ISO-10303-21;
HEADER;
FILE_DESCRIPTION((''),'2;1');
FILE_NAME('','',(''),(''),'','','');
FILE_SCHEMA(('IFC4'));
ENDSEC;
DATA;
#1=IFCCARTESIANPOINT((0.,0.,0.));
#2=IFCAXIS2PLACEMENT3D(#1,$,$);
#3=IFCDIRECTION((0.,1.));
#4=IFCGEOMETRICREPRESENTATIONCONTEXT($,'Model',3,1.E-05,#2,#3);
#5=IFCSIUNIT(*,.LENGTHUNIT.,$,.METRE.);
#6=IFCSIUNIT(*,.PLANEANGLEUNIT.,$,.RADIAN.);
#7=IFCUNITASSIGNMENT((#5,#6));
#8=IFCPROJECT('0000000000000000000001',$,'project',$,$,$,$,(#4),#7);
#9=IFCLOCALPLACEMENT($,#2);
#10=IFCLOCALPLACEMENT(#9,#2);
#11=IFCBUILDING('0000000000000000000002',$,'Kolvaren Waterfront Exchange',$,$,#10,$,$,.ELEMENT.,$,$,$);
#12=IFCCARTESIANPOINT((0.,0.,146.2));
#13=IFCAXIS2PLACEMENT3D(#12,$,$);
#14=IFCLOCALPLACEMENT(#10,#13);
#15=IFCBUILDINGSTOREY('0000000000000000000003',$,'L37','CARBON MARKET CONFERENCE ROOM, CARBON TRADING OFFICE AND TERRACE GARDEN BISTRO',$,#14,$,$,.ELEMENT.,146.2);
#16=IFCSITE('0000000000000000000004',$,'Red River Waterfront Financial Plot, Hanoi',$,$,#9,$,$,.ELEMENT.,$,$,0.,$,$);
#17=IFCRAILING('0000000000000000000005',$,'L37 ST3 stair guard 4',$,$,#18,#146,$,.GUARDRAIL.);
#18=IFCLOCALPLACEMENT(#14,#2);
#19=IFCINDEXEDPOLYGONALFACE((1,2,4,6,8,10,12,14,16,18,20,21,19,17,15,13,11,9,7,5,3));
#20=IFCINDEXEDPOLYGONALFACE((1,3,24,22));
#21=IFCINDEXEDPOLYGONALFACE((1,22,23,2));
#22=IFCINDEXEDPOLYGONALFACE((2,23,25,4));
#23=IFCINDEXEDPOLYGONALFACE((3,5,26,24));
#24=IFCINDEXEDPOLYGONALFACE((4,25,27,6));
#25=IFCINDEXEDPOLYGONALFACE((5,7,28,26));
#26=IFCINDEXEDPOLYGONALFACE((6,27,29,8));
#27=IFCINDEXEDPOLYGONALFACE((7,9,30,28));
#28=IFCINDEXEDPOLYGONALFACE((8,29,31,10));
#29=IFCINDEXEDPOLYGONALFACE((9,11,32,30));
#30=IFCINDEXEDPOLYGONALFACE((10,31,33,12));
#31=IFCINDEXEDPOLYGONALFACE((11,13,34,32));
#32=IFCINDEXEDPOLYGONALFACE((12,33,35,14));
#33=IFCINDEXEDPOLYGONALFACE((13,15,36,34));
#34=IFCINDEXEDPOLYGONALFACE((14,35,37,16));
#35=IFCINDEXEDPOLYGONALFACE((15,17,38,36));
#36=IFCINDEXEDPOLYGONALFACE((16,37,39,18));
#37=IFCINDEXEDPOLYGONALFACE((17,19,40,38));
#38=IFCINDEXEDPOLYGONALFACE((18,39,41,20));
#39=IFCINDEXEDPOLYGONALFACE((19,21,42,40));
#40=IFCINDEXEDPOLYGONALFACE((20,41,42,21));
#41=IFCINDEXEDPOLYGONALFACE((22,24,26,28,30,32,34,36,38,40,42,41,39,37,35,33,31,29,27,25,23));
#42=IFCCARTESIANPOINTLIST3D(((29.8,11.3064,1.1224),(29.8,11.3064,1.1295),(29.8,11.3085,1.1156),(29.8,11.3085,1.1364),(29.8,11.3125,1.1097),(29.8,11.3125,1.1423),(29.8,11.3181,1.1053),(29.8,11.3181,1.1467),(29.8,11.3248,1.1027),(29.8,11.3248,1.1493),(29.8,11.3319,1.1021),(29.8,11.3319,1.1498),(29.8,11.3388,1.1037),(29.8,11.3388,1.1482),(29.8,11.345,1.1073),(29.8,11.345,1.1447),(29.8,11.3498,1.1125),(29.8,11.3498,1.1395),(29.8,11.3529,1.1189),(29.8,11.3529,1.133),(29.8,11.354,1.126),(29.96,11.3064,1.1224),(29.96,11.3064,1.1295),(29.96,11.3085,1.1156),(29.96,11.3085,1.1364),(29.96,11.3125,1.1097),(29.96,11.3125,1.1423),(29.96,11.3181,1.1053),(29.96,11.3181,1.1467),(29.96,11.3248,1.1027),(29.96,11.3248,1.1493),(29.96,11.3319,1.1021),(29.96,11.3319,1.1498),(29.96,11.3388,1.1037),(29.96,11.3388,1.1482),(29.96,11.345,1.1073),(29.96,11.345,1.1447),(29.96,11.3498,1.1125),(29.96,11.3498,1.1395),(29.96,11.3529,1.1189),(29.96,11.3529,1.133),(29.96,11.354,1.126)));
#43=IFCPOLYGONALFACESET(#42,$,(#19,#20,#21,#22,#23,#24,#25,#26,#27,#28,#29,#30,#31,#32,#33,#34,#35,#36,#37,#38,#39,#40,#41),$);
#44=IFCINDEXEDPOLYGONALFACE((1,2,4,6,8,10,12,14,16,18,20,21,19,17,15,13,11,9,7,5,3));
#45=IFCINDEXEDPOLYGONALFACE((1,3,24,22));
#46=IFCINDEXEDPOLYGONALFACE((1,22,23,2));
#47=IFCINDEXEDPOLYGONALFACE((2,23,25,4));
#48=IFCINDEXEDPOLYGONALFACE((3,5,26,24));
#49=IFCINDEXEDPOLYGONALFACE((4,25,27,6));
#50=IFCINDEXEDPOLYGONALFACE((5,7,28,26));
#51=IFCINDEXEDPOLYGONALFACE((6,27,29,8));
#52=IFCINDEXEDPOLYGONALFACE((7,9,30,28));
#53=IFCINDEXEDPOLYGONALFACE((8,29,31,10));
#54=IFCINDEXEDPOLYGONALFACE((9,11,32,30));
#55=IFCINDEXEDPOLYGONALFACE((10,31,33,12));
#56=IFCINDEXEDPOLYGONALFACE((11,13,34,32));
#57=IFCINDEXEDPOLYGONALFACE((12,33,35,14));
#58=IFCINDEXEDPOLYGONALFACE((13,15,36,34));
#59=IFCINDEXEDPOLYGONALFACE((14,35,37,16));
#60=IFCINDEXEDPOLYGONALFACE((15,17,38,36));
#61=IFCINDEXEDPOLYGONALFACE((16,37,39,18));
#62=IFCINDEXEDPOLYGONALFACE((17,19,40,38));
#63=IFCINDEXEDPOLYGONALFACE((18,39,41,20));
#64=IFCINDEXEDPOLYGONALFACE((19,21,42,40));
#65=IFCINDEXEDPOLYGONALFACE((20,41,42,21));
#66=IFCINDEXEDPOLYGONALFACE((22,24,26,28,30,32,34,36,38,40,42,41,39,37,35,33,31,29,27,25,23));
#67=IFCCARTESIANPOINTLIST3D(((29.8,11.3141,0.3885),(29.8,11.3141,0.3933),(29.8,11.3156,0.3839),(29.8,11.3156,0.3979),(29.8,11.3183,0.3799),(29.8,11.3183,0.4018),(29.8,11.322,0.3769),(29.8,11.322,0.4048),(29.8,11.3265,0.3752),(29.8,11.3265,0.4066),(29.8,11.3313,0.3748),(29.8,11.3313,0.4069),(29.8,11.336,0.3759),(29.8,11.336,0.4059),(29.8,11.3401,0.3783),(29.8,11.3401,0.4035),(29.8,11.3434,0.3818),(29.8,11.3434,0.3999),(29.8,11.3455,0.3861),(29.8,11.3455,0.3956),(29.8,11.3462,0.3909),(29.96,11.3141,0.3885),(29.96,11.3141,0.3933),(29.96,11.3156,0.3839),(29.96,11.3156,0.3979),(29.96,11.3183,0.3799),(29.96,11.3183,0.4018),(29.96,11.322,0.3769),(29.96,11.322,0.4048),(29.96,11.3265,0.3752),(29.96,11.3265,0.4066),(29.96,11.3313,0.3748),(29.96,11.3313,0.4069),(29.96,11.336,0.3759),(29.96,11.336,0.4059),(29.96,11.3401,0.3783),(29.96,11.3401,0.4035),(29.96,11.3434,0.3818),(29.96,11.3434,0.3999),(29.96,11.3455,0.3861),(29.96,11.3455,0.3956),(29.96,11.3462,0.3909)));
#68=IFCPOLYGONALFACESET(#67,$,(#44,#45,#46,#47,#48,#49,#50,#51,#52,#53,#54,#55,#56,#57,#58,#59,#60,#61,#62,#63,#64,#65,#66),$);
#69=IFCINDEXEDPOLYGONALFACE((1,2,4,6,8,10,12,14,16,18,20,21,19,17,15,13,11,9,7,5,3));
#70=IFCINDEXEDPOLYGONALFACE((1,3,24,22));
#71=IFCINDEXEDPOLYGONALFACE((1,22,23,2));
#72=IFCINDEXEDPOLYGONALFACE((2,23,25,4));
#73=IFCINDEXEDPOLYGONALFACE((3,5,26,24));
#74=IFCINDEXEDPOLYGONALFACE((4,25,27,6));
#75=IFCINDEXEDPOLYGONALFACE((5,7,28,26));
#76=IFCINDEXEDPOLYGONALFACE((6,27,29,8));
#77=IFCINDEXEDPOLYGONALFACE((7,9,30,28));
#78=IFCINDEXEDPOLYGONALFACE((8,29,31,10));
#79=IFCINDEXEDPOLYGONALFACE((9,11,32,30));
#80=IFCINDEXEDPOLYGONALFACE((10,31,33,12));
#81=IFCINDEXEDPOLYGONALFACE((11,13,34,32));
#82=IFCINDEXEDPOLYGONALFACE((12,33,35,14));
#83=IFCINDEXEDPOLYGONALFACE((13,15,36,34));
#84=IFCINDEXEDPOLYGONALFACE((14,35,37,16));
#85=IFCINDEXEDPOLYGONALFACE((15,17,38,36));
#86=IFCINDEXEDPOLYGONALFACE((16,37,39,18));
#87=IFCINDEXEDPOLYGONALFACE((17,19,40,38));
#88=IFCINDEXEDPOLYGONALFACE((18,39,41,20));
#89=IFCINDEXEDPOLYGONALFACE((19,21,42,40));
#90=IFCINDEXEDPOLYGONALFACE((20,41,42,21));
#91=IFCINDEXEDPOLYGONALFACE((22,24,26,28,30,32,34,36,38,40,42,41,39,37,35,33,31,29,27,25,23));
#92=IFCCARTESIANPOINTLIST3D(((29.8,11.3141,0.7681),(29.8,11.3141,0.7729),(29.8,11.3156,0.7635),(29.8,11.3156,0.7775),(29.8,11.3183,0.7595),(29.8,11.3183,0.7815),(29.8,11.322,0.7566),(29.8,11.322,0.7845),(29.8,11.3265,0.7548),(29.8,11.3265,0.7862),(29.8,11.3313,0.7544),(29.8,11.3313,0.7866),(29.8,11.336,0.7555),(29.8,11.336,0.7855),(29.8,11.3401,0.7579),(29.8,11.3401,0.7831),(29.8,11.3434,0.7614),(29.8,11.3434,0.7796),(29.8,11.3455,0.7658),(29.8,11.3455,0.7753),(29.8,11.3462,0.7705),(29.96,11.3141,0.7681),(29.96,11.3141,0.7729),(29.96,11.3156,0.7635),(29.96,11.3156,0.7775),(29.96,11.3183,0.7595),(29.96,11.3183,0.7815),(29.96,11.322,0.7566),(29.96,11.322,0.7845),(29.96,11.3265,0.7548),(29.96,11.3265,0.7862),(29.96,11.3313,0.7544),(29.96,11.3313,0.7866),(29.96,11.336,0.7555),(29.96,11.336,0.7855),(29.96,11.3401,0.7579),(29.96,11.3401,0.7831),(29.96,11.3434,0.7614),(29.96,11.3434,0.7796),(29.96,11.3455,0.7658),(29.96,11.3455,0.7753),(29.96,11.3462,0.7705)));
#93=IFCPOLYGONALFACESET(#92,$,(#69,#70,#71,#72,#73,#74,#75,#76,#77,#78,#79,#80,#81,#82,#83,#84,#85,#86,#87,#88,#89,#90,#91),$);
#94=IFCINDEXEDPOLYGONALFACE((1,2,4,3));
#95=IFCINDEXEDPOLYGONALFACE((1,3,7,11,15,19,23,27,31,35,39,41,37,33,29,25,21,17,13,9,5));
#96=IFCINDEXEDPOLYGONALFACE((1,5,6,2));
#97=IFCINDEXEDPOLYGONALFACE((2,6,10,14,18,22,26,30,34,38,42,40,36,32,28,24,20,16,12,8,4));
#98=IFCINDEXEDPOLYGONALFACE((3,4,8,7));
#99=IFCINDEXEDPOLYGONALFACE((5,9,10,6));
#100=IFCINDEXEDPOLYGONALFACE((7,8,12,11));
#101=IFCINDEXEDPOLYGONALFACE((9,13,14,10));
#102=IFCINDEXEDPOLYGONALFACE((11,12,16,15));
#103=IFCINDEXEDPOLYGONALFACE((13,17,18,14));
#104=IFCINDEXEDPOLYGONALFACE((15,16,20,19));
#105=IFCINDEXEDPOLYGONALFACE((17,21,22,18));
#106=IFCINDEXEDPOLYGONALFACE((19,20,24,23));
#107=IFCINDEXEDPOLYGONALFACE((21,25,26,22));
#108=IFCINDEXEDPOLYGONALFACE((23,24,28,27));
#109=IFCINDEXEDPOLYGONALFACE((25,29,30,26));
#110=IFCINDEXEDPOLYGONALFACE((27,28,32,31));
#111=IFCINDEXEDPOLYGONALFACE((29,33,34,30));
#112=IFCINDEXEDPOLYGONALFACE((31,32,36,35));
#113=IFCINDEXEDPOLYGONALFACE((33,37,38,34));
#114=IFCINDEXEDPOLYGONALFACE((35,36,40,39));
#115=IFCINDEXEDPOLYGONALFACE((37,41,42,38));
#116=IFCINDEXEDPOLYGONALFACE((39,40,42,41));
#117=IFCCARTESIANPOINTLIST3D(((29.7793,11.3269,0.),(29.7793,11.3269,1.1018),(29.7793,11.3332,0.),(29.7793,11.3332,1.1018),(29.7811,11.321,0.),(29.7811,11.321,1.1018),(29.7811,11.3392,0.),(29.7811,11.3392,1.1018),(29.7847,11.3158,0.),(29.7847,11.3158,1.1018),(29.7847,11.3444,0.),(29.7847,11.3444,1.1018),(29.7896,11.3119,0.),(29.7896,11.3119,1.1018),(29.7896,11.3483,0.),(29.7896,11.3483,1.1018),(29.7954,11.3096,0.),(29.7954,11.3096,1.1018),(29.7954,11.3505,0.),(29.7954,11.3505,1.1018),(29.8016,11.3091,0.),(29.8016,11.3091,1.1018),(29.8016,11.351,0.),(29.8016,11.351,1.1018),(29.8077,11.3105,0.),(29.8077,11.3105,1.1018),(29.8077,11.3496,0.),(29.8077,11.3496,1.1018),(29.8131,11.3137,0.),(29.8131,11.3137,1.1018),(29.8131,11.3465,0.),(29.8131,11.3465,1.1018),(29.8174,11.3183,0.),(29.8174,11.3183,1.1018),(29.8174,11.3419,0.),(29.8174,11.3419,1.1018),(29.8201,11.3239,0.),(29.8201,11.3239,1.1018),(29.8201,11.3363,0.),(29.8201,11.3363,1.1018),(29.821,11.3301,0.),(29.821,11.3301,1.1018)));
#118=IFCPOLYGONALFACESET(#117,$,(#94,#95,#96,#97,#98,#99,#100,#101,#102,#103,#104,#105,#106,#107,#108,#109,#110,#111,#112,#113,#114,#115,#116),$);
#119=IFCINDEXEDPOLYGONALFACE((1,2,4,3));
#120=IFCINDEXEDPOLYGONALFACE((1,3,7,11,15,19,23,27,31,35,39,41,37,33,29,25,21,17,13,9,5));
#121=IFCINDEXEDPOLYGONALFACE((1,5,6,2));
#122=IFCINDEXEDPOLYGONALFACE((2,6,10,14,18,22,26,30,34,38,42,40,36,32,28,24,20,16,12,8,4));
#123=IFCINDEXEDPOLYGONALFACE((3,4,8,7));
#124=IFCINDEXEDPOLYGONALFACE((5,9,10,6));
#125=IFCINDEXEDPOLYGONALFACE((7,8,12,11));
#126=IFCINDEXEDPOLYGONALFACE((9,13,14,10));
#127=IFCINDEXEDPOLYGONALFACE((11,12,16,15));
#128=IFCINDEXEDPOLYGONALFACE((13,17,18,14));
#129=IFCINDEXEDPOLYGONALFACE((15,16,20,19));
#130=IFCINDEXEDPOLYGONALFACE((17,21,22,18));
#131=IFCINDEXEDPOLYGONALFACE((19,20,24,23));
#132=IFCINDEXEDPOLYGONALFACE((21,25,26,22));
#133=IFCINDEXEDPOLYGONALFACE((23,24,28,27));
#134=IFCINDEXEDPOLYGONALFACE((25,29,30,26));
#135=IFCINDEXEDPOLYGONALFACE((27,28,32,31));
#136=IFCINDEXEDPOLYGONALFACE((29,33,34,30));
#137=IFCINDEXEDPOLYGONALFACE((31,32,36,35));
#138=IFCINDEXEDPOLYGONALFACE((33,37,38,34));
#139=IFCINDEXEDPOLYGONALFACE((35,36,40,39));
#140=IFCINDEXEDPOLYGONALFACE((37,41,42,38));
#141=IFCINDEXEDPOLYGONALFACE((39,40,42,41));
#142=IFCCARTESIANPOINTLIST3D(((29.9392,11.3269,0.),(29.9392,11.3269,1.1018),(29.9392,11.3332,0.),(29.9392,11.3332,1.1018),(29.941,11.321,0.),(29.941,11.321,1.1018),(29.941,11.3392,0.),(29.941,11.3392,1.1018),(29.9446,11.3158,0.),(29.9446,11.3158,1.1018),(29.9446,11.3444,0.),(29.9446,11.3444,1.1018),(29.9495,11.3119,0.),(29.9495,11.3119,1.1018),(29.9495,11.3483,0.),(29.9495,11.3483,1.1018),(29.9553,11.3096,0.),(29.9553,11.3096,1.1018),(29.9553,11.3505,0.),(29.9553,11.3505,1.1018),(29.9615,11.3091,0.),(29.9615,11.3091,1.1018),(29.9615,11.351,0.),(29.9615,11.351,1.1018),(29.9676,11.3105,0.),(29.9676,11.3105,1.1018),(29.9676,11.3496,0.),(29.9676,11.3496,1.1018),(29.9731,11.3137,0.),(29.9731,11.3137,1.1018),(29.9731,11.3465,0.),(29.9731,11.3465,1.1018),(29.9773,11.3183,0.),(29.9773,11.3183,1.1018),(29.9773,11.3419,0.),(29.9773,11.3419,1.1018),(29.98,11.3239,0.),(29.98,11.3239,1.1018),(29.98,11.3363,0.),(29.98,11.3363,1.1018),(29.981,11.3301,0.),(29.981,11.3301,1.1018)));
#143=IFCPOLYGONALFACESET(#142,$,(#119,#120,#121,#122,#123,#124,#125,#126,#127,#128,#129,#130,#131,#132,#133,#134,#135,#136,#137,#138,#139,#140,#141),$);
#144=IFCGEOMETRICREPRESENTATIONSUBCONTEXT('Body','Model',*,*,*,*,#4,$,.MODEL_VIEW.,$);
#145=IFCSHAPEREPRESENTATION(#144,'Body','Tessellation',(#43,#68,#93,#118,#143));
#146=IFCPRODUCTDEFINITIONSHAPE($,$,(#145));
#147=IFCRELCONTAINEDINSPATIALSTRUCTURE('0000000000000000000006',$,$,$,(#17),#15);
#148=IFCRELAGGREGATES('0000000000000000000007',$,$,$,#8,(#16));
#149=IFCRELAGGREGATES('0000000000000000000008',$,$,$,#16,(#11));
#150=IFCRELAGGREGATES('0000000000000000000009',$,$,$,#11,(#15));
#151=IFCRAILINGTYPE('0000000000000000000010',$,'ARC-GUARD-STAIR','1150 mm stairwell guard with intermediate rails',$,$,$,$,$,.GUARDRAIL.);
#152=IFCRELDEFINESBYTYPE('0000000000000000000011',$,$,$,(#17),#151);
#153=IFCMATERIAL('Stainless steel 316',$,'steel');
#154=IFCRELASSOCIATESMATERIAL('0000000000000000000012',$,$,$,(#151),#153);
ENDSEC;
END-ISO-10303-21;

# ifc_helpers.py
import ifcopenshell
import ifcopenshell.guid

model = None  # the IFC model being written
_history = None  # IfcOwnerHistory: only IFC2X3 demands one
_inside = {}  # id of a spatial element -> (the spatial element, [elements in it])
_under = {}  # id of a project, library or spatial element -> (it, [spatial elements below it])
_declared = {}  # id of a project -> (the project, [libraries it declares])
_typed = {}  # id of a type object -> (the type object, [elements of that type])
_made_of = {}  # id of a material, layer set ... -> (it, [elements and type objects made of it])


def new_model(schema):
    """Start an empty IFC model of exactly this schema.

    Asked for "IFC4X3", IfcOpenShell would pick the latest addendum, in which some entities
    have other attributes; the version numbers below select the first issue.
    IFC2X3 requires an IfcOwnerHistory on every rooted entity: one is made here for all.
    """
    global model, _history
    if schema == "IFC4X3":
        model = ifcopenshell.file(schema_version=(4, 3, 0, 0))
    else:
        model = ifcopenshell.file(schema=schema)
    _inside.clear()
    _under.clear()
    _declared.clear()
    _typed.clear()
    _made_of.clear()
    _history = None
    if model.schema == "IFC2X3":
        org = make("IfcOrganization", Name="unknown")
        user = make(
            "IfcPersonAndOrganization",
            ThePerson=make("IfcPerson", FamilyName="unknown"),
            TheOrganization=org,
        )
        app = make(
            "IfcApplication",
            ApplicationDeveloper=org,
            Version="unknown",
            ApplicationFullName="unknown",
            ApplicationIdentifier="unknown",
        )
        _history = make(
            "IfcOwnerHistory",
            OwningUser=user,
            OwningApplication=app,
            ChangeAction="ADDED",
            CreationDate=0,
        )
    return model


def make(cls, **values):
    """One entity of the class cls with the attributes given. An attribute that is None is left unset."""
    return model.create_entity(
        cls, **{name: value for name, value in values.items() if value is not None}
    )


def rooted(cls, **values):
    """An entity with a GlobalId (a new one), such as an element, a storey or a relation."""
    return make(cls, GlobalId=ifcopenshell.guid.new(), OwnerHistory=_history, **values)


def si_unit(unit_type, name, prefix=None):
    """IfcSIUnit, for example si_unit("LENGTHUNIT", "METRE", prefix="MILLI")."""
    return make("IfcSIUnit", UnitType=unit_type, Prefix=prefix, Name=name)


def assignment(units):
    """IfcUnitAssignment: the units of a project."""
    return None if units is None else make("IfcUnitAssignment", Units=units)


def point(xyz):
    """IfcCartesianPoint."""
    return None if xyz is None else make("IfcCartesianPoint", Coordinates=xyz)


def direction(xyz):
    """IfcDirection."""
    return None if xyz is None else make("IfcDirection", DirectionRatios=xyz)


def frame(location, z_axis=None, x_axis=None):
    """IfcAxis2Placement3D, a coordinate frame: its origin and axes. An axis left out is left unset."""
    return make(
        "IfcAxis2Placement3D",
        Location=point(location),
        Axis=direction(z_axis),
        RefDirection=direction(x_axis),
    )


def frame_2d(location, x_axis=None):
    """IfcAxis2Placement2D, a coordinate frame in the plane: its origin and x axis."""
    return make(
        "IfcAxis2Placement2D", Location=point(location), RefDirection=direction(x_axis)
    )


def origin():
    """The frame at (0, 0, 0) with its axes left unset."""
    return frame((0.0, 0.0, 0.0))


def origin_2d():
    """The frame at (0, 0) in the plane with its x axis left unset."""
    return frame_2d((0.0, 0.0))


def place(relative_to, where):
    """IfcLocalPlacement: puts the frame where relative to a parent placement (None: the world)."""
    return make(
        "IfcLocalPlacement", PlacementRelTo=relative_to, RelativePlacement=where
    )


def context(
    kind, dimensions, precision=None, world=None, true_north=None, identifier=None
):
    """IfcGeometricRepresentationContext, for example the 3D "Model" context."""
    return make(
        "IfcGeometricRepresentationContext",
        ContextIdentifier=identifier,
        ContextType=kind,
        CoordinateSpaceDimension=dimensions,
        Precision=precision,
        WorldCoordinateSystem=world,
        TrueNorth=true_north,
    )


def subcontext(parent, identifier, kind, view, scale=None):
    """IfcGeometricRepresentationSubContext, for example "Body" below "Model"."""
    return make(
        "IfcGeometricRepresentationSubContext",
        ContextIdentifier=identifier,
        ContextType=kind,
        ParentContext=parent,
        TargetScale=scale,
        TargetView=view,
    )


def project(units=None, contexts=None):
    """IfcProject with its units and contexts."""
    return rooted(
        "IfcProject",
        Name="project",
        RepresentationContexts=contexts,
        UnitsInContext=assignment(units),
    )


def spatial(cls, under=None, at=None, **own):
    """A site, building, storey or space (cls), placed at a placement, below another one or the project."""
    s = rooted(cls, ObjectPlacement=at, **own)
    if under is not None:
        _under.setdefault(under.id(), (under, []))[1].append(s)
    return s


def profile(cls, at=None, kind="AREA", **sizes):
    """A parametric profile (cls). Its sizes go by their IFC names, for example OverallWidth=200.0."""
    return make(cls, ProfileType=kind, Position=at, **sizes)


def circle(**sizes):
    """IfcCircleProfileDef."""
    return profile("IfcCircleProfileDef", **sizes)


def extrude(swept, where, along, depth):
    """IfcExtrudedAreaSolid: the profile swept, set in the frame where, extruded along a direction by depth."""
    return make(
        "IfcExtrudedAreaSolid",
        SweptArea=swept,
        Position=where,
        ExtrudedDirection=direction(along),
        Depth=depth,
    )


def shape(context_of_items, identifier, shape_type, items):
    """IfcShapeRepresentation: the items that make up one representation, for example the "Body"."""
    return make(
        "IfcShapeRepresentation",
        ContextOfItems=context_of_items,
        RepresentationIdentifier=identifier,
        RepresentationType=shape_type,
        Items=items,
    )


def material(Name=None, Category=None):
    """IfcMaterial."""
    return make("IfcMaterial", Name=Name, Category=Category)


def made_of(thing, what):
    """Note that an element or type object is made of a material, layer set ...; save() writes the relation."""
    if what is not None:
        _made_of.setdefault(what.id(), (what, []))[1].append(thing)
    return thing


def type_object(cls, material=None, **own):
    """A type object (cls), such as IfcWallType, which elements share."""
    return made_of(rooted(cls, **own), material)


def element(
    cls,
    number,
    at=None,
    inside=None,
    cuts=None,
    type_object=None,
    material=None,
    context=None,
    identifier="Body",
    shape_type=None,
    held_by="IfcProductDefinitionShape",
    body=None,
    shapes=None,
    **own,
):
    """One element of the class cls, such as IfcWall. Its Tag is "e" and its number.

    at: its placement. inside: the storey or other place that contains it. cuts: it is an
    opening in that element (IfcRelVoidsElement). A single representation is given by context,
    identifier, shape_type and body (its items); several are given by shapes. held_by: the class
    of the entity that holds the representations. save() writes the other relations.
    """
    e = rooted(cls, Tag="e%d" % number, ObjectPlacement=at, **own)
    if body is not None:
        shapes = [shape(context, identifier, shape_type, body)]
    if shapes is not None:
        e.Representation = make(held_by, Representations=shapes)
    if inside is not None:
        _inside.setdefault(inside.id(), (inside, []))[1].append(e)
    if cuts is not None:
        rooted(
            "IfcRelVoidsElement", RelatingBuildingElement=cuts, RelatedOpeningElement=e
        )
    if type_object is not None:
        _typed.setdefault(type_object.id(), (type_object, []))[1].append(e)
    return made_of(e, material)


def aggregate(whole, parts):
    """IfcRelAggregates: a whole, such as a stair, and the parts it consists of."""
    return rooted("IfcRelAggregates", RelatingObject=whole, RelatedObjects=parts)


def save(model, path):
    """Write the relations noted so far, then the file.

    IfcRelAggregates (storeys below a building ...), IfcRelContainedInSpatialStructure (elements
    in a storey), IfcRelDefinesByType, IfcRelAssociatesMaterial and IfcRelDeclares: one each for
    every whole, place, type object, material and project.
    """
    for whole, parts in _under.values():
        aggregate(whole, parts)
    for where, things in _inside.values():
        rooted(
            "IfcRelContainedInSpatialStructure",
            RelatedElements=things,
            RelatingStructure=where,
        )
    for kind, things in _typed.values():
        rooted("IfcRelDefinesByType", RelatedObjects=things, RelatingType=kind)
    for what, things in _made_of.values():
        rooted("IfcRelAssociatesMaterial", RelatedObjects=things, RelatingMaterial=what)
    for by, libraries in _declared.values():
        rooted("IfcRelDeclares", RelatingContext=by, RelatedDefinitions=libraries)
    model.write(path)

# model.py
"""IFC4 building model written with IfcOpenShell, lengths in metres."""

from ifc_helpers import new_model, si_unit, direction, frame, origin, origin_2d, place, context, subcontext, project, spatial, circle, extrude, material, type_object, element, save


model = new_model("IFC4")

# Units and contexts
model_context = context("Model", 3, precision=1e-05, world=origin(), true_north=direction((0.0, 1.0)))
body_context = subcontext(model_context, "Body", "Model", "MODEL_VIEW")
ifc_project = project(units=[si_unit("LENGTHUNIT", "METRE"), si_unit("PLANEANGLEUNIT", "RADIAN")], contexts=[model_context])

# Site, building, storey
site_placement = place(None, origin())
site = spatial("IfcSite", under=ifc_project, at=site_placement, Name="Red River Waterfront Financial Plot, Hanoi", CompositionType="ELEMENT", RefElevation=0.0)
building_placement = place(site_placement, origin())
building = spatial("IfcBuilding", under=site, at=building_placement, Name="Kolvaren Waterfront Exchange", CompositionType="ELEMENT")
storey_placement = place(building_placement, frame((0.0, 0.0, 146.2)))
storey = spatial("IfcBuildingStorey", under=building, at=storey_placement, Name="L37", Description="CARBON MARKET CONFERENCE ROOM, CARBON TRADING OFFICE AND TERRACE GARDEN BISTRO", CompositionType="ELEMENT", Elevation=146.2)

# Railing
ifc_material_1 = material(Name="Stainless steel 316", Category="steel")
railing_type_1 = type_object("IfcRailingType", Name="ARC-GUARD-STAIR", Description="1150 mm stairwell guard with intermediate rails", PredefinedType="GUARDRAIL", material=ifc_material_1)
railing_1_placement = place(storey_placement, frame((29.8, 11.3301, 0.0)))
element("IfcRailing", 1, at=railing_1_placement, inside=storey, type_object=railing_type_1, Name="L37 ST3 stair guard 4", PredefinedType="GUARDRAIL", context=body_context, shape_type="SweptSolid", body=[
    extrude(circle(Radius=0.0239, at=origin_2d()), frame((0.0, 0.0, 1.126), z_axis=(1.0, 0.0, 0.0), x_axis=(0.0, 1.0, 0.0)), (0.0, 0.0, 1.0), 0.1599),
    extrude(circle(Radius=0.0161, at=origin_2d()), frame((0.0, 0.0, 0.3909), z_axis=(1.0, 0.0, 0.0), x_axis=(0.0, 1.0, 0.0)), (0.0, 0.0, 1.0), 0.1599),
    extrude(circle(Radius=0.0161, at=origin_2d()), frame((0.0, 0.0, 0.7705), z_axis=(1.0, 0.0, 0.0), x_axis=(0.0, 1.0, 0.0)), (0.0, 0.0, 1.0), 0.1599),
    extrude(circle(Radius=0.021, at=origin_2d()), origin(), (0.0, 0.0, 1.0), 1.1018),
    extrude(circle(Radius=0.021, at=origin_2d()), frame((0.1599, 0.0, 0.0)), (0.0, 0.0, 1.0), 1.1018),
])

save(model, "model.ifc")
